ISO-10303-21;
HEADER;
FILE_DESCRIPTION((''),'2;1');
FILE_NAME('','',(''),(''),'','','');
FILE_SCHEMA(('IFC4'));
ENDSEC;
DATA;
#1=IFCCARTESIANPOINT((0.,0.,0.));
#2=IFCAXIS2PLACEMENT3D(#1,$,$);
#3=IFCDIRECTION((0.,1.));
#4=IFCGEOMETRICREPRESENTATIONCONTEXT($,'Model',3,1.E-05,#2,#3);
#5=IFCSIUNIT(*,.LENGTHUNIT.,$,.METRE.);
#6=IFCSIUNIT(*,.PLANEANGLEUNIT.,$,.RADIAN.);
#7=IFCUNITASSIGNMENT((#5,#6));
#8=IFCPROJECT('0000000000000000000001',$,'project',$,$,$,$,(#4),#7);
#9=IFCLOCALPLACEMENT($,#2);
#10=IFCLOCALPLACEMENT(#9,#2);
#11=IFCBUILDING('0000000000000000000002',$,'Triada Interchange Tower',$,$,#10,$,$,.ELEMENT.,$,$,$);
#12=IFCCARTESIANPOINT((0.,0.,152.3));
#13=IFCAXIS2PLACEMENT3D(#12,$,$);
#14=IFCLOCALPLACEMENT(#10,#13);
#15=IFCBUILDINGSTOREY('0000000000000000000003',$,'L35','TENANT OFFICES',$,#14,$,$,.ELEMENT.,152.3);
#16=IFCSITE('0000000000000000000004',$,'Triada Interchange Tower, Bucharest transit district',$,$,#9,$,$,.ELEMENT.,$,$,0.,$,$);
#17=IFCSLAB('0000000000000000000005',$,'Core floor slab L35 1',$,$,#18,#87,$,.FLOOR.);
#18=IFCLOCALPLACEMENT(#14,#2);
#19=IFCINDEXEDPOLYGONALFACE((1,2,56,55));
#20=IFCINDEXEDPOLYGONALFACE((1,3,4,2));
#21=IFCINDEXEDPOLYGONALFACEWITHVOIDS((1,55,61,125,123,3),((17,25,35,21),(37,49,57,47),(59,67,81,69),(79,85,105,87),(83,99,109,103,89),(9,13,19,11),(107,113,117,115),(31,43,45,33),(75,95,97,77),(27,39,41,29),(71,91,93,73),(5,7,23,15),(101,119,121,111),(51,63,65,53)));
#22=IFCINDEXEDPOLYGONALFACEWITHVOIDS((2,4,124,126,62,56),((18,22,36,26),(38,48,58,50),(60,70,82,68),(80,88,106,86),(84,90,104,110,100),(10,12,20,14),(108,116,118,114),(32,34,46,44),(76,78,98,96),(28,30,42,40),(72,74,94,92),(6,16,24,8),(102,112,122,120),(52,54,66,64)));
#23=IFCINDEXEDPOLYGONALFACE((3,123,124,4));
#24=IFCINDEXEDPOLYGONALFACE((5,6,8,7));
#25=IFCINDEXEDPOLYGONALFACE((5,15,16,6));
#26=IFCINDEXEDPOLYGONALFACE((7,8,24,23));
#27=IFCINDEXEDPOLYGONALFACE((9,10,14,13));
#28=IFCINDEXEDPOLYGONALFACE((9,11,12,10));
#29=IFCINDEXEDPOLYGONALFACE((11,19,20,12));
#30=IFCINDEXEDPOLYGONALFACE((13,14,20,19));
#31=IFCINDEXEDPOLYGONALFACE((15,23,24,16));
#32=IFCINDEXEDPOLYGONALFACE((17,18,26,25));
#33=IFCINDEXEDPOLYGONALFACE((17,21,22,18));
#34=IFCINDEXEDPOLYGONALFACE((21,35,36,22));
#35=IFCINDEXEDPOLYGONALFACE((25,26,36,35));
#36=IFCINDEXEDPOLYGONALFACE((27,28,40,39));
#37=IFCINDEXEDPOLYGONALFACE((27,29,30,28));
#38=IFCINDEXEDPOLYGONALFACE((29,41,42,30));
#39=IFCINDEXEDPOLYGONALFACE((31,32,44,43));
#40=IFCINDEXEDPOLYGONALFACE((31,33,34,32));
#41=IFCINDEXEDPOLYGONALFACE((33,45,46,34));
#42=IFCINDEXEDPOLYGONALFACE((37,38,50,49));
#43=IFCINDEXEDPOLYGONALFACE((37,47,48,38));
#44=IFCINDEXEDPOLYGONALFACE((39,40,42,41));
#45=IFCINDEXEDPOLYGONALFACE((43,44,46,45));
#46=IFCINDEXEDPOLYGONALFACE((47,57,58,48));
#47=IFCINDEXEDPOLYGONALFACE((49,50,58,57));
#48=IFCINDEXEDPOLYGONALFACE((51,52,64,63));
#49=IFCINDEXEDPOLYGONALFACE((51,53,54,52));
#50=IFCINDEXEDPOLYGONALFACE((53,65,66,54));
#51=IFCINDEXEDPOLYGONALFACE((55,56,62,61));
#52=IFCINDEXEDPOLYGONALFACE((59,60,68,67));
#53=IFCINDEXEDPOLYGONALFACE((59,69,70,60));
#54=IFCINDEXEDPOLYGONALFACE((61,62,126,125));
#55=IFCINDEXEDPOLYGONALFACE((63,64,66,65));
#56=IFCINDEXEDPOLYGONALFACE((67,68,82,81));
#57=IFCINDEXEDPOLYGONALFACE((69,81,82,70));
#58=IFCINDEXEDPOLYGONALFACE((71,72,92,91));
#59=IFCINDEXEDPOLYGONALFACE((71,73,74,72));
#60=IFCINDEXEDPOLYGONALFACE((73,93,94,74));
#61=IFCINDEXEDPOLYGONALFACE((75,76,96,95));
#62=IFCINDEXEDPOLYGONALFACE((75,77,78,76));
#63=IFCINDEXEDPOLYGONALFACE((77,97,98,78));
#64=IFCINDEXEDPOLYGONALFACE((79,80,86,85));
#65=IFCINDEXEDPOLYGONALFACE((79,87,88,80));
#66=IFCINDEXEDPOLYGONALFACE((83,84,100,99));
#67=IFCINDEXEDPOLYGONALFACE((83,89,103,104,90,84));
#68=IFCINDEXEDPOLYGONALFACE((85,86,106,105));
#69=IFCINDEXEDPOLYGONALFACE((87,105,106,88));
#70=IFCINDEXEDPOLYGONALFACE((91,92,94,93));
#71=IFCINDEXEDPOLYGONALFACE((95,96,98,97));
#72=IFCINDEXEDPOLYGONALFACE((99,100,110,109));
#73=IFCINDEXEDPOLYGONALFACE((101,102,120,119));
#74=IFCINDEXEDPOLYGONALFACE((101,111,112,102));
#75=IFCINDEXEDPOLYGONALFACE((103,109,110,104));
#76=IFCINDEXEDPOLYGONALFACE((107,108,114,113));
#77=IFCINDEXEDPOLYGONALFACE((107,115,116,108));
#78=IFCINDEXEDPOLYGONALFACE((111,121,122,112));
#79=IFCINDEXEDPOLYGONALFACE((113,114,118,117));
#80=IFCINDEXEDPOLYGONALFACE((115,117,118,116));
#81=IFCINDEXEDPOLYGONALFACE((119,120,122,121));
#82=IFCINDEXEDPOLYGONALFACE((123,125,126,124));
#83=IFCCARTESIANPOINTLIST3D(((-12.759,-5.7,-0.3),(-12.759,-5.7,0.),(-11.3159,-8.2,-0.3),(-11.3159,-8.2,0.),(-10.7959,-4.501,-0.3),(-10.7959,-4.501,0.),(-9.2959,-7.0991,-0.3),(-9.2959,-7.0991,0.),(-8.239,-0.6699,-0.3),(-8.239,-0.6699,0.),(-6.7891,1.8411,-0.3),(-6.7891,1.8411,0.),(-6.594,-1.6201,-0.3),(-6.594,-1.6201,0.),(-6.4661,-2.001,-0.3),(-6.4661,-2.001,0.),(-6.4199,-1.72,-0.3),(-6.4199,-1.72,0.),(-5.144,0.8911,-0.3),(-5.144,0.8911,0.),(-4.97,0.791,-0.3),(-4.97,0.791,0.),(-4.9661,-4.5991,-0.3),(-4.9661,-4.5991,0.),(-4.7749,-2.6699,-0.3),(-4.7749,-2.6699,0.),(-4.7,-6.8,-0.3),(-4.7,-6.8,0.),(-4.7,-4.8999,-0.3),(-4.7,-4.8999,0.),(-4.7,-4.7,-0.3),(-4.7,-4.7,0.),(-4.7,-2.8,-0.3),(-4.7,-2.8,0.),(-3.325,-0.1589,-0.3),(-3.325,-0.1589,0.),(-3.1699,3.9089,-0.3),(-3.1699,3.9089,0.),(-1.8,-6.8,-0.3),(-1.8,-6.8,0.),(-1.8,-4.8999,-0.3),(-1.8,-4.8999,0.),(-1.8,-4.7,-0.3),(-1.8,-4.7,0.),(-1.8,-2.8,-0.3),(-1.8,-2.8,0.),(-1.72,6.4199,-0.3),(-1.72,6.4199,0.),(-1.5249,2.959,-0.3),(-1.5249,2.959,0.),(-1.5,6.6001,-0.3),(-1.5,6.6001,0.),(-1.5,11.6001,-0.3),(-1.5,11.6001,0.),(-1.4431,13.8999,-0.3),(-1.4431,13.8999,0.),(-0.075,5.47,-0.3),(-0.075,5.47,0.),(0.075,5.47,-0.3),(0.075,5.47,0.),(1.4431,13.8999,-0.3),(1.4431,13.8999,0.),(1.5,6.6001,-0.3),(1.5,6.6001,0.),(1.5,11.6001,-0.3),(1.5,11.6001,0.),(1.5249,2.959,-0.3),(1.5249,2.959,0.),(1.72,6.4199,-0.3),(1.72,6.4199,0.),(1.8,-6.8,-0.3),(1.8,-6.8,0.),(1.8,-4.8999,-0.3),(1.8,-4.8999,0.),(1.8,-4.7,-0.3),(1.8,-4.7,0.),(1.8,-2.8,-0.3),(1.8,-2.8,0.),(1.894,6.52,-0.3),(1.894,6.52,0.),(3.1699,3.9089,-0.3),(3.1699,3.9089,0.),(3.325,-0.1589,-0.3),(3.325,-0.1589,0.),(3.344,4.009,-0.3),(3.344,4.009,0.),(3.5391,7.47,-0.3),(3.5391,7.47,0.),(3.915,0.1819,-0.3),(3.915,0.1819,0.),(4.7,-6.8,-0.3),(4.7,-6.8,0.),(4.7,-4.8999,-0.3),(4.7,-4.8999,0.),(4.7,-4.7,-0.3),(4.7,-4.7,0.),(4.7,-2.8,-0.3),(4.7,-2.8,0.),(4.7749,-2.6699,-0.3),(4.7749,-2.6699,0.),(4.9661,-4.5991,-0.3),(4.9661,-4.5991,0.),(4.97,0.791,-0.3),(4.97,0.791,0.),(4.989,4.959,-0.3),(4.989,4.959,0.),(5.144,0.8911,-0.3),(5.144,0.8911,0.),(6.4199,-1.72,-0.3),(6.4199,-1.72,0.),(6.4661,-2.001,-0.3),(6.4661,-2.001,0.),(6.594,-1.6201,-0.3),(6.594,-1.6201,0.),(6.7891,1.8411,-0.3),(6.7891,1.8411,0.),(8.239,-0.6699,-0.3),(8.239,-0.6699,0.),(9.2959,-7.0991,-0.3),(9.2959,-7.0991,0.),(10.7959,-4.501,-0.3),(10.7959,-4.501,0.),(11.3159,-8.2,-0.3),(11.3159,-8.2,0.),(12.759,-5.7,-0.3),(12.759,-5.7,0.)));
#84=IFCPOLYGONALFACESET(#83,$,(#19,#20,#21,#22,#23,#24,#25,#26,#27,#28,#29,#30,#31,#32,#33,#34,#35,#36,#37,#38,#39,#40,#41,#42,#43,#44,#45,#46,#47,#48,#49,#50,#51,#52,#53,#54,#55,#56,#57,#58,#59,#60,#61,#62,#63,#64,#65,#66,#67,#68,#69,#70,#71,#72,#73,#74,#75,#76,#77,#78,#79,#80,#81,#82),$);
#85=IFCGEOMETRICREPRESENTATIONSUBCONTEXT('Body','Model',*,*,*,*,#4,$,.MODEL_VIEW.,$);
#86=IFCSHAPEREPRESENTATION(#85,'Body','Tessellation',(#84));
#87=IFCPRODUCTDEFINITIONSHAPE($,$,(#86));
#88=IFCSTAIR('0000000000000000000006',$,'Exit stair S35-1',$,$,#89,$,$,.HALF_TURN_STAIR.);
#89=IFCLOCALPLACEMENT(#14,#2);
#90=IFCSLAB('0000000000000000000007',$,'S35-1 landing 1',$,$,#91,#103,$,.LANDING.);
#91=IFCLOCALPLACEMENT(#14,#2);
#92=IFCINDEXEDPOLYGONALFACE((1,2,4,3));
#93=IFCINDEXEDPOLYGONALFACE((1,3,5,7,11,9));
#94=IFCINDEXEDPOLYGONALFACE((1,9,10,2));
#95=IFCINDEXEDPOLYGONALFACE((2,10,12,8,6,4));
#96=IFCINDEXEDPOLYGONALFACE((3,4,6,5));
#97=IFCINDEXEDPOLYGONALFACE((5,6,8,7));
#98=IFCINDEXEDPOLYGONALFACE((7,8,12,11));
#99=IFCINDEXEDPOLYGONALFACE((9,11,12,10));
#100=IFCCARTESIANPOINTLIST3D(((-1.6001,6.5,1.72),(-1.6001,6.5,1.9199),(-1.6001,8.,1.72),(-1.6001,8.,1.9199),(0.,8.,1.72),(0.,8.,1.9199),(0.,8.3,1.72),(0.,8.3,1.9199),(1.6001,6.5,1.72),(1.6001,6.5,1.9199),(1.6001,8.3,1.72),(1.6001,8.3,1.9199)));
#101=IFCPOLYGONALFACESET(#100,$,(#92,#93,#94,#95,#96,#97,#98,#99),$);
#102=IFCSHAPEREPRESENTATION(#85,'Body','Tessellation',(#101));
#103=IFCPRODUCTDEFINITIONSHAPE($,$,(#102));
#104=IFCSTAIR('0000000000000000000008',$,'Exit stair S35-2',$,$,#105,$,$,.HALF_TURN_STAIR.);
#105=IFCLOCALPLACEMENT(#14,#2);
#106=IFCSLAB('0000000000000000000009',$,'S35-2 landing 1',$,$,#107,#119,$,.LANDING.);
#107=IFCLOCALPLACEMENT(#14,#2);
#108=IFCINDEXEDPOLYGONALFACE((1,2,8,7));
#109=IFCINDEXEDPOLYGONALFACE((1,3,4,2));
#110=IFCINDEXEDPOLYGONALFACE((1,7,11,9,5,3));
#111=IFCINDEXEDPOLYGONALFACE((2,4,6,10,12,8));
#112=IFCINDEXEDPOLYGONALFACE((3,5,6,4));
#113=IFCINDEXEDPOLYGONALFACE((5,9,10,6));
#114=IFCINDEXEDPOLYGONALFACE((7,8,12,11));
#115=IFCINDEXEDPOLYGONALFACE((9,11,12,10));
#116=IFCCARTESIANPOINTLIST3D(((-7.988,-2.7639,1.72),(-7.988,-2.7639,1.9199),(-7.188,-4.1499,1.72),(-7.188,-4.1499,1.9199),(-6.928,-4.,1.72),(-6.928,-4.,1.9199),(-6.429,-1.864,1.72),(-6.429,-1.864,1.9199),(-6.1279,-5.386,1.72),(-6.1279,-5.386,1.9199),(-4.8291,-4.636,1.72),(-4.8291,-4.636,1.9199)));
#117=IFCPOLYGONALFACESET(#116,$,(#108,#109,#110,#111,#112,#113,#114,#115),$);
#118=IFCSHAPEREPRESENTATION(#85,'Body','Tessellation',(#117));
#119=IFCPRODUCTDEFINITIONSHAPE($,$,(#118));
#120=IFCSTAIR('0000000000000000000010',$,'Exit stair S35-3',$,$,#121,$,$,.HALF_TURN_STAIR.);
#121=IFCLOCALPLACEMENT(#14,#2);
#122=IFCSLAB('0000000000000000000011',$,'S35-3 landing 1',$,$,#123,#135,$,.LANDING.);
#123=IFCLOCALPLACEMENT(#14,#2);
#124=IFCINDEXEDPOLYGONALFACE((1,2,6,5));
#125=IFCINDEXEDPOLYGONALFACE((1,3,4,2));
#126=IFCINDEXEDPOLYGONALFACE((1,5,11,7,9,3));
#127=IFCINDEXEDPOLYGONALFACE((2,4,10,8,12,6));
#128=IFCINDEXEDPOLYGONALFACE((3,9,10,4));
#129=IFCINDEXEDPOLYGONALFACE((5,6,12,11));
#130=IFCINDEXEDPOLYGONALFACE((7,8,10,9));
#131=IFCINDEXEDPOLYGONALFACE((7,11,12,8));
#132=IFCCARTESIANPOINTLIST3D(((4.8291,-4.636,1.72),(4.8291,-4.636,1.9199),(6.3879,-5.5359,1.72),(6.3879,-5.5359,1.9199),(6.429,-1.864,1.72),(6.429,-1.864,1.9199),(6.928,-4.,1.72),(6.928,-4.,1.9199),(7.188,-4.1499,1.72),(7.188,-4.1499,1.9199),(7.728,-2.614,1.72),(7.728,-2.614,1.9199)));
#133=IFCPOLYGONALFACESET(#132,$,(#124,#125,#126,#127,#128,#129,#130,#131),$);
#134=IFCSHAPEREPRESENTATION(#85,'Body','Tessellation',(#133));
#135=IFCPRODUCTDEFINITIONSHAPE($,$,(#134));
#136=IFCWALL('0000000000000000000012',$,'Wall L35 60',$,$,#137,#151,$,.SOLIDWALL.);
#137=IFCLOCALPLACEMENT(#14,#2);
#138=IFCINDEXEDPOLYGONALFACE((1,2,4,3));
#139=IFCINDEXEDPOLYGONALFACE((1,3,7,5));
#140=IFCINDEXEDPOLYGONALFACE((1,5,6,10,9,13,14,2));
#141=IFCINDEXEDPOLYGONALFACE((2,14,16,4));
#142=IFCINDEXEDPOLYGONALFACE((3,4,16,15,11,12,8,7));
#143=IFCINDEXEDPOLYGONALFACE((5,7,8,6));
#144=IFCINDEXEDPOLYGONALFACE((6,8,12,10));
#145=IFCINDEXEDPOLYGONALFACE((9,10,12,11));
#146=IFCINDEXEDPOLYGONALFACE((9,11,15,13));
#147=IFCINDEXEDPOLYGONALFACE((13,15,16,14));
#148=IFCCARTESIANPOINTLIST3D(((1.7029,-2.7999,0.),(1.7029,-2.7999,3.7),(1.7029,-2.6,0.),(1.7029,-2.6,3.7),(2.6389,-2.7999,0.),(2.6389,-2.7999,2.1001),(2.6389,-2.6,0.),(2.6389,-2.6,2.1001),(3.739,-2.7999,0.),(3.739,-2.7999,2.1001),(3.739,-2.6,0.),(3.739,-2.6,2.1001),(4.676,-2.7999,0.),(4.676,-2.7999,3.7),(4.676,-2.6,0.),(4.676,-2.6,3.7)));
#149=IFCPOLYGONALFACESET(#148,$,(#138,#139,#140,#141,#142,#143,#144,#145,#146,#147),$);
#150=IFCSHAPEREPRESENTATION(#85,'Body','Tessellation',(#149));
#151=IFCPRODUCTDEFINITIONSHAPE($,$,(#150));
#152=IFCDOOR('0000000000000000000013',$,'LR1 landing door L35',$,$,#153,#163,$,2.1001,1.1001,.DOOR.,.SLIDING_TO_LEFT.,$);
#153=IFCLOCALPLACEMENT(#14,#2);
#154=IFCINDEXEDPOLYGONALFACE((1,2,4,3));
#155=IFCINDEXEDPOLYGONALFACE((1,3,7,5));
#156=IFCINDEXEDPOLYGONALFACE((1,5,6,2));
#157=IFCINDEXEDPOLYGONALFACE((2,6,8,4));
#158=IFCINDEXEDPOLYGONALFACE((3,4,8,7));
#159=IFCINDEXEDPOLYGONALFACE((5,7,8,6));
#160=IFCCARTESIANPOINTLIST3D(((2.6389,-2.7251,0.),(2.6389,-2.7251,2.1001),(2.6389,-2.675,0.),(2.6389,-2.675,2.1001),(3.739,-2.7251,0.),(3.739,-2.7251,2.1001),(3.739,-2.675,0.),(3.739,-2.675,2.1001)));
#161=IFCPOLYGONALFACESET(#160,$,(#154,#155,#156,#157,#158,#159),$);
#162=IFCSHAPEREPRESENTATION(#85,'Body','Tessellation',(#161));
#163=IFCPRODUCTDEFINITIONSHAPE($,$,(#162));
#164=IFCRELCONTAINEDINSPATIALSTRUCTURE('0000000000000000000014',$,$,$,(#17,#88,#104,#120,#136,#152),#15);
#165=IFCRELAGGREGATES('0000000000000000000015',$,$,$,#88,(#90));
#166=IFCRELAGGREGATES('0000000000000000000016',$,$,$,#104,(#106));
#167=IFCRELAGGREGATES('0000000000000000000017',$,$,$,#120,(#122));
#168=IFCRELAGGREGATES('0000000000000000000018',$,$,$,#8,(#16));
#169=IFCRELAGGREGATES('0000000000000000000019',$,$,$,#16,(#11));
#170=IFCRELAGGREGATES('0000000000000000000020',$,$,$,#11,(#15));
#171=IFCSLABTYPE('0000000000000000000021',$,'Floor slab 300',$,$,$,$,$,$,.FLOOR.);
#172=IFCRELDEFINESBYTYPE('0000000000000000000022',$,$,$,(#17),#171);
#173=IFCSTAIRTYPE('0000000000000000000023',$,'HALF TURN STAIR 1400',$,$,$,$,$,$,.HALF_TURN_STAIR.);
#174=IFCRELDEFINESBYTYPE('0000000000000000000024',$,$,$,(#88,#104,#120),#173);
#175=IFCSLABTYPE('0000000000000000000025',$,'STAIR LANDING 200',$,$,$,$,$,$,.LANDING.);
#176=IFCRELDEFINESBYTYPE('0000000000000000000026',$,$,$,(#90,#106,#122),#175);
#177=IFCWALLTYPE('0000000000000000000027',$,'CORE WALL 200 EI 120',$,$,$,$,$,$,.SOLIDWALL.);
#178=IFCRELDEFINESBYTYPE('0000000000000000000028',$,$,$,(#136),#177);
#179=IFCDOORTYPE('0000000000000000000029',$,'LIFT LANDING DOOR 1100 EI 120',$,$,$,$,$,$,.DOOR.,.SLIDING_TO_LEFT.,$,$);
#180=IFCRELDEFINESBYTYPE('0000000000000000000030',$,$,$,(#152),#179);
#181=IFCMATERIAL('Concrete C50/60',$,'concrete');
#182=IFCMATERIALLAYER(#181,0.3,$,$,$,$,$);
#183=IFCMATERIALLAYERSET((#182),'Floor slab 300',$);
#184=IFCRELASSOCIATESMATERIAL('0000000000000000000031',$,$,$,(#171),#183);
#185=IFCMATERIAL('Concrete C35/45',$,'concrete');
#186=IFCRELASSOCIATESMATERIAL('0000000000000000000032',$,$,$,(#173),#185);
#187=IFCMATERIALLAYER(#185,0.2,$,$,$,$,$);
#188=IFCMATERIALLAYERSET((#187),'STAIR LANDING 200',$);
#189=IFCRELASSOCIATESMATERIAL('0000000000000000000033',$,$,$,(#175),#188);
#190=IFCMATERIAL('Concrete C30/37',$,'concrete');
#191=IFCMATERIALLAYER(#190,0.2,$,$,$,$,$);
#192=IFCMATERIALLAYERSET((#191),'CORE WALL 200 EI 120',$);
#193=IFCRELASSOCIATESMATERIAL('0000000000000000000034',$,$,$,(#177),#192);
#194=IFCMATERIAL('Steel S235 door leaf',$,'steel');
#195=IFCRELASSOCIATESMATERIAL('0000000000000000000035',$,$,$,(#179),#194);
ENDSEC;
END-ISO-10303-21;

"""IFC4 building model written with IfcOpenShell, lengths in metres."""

from ifc_helpers import new_model, si_unit, direction, frame, frame_2d, origin, place, context, subcontext, project, spatial, polyline, rectangle, outline, extrude, material, layer, layer_set, type_object, element, fill, aggregate, save


model = new_model("IFC4")

# Units and contexts
model_context = context("Model", 3, precision=1e-05, world=origin(), true_north=direction((0.0, 1.0)))
body_context = subcontext(model_context, "Body", "Model", "MODEL_VIEW")
ifc_project = project(units=[si_unit("LENGTHUNIT", "METRE"), si_unit("PLANEANGLEUNIT", "RADIAN")], contexts=[model_context])

# Site, building, storey
site_placement = place(None, origin())
site = spatial("IfcSite", under=ifc_project, at=site_placement, Name="Triada Interchange Tower, Bucharest transit district", CompositionType="ELEMENT", RefElevation=0.0)
building_placement = place(site_placement, origin())
building = spatial("IfcBuilding", under=site, at=building_placement, Name="Triada Interchange Tower", CompositionType="ELEMENT")
storey_placement = place(building_placement, frame((0.0, 0.0, 152.3)))
storey = spatial("IfcBuildingStorey", under=building, at=storey_placement, Name="L35", Description="TENANT OFFICES", CompositionType="ELEMENT", Elevation=152.3)

# Slab
ifc_material_1 = material(Name="Concrete C50/60", Category="concrete")
ifc_layer_1 = layer(ifc_material_1, 0.3)
ifc_layer_set_1 = layer_set([ifc_layer_1], Name="Floor slab 300")
slab_type_1 = type_object("IfcSlabType", Name="Floor slab 300", PredefinedType="FLOOR", material=ifc_layer_set_1)
slab_1_placement = place(storey_placement, frame((0.0, 0.0, -0.3)))
element("IfcSlab", 1, at=slab_1_placement, inside=storey, type_object=slab_type_1, Name="Core floor slab L35 1", PredefinedType="FLOOR", context=body_context, shape_type="SweptSolid", body=[
    extrude(outline(polyline([(12.759, -5.7), (11.3159, -8.2), (-11.3159, -8.2), (-12.759, -5.7), (-1.4431, 13.8999), (1.4431, 13.8999), (12.759, -5.7)]), holes=[polyline([(9.2959, -7.0991), (10.7959, -4.501), (6.4661, -2.001), (4.9661, -4.5991), (9.2959, -7.0991)]), polyline([(6.7891, 1.8411), (5.144, 0.8911), (6.594, -1.6201), (8.239, -0.6699), (6.7891, 1.8411)]), polyline([(4.7749, -2.6699), (6.4199, -1.72), (4.97, 0.791), (3.915, 0.1819), (3.325, -0.1589), (4.7749, -2.6699)]), polyline([(1.894, 6.52), (3.344, 4.009), (4.989, 4.959), (3.5391, 7.47), (1.894, 6.52)]), polyline([(4.7, -6.8), (4.7, -4.8999), (1.8, -4.8999), (1.8, -6.8), (4.7, -6.8)]), polyline([(4.7, -2.8), (1.8, -2.8), (1.8, -4.7), (4.7, -4.7), (4.7, -2.8)]), polyline([(0.075, 5.47), (1.5249, 2.959), (3.1699, 3.9089), (1.72, 6.4199), (0.075, 5.47)]), polyline([(1.5, 11.6001), (-1.5, 11.6001), (-1.5, 6.6001), (1.5, 6.6001), (1.5, 11.6001)]), polyline([(-1.5249, 2.959), (-0.075, 5.47), (-1.72, 6.4199), (-3.1699, 3.9089), (-1.5249, 2.959)]), polyline([(-1.8, -2.8), (-4.7, -2.8), (-4.7, -4.7), (-1.8, -4.7), (-1.8, -2.8)]), polyline([(-4.7, -6.8), (-1.8, -6.8), (-1.8, -4.8999), (-4.7, -4.8999), (-4.7, -6.8)]), polyline([(-4.7749, -2.6699), (-3.325, -0.1589), (-4.97, 0.791), (-6.4199, -1.72), (-4.7749, -2.6699)]), polyline([(-10.7959, -4.501), (-9.2959, -7.0991), (-4.9661, -4.5991), (-6.4661, -2.001), (-10.7959, -4.501)]), polyline([(-6.594, -1.6201), (-5.144, 0.8911), (-6.7891, 1.8411), (-8.239, -0.6699), (-6.594, -1.6201)])]), origin(), (0.0, 0.0, 1.0), 0.3),
])

# Stairs, slabs
ifc_material_2 = material(Name="Concrete C35/45", Category="concrete")
stair_type = type_object("IfcStairType", Name="HALF TURN STAIR 1400", PredefinedType="HALF_TURN_STAIR", material=ifc_material_2)
stair_1_placement = place(storey_placement, origin())
stair_1 = element("IfcStair", 2, at=stair_1_placement, inside=storey, type_object=stair_type, Name="Exit stair S35-1", PredefinedType="HALF_TURN_STAIR")
ifc_layer_2 = layer(ifc_material_2, 0.2)
ifc_layer_set_2 = layer_set([ifc_layer_2], Name="STAIR LANDING 200")
slab_type_2 = type_object("IfcSlabType", Name="STAIR LANDING 200", PredefinedType="LANDING", material=ifc_layer_set_2)
slab_2_placement = place(storey_placement, frame((0.0, 0.0, 1.72)))
slab_2 = element("IfcSlab", 3, at=slab_2_placement, type_object=slab_type_2, Name="S35-1 landing 1", PredefinedType="LANDING", context=body_context, shape_type="SweptSolid", body=[
    extrude(outline(polyline([(1.6001, 6.5), (1.6001, 8.3), (0.0, 8.3), (0.0, 8.0), (-1.6001, 8.0), (-1.6001, 6.5), (1.6001, 6.5)])), origin(), (0.0, 0.0, 1.0), 0.2),
])
aggregate(stair_1, [slab_2])
stair_2_placement = place(storey_placement, origin())
stair_2 = element("IfcStair", 4, at=stair_2_placement, inside=storey, type_object=stair_type, Name="Exit stair S35-2", PredefinedType="HALF_TURN_STAIR")
slab_3_placement = place(storey_placement, frame((0.0, 0.0, 1.72)))
slab_3 = element("IfcSlab", 5, at=slab_3_placement, type_object=slab_type_2, Name="S35-2 landing 1", PredefinedType="LANDING", context=body_context, shape_type="SweptSolid", body=[
    extrude(outline(polyline([(-6.429, -1.864), (-7.988, -2.7639), (-7.188, -4.1499), (-6.928, -4.0), (-6.1279, -5.386), (-4.8291, -4.636), (-6.429, -1.864)])), origin(), (0.0, 0.0, 1.0), 0.2),
])
aggregate(stair_2, [slab_3])
stair_3_placement = place(storey_placement, origin())
stair_3 = element("IfcStair", 6, at=stair_3_placement, inside=storey, type_object=stair_type, Name="Exit stair S35-3", PredefinedType="HALF_TURN_STAIR")
slab_4_placement = place(storey_placement, frame((0.0, 0.0, 1.72)))
slab_4 = element("IfcSlab", 7, at=slab_4_placement, type_object=slab_type_2, Name="S35-3 landing 1", PredefinedType="LANDING", context=body_context, shape_type="SweptSolid", body=[
    extrude(outline(polyline([(4.8291, -4.636), (6.3879, -5.5359), (7.188, -4.1499), (6.928, -4.0), (7.728, -2.614), (6.429, -1.864), (4.8291, -4.636)])), origin(), (0.0, 0.0, 1.0), 0.2),
])

# Wall, opening, door
ifc_material_3 = material(Name="Concrete C30/37", Category="concrete")
ifc_layer_3 = layer(ifc_material_3, 0.2)
ifc_layer_set_3 = layer_set([ifc_layer_3], Name="CORE WALL 200 EI 120")
wall_type_1 = type_object("IfcWallType", Name="CORE WALL 200 EI 120", PredefinedType="SOLIDWALL", material=ifc_layer_set_3)
wall_1_placement = place(storey_placement, frame((1.7029, -2.7, 0.0), z_axis=(0.0, 0.0, 1.0), x_axis=(1.0, 0.0, 0.0)))
wall_1 = element("IfcWall", 8, at=wall_1_placement, inside=storey, type_object=wall_type_1, Name="Wall L35 60", PredefinedType="SOLIDWALL", context=body_context, shape_type="SweptSolid", body=[
    extrude(rectangle(XDim=2.9731, YDim=0.2, at=frame_2d((1.4866, 0.0))), origin(), (0.0, 0.0, 1.0), 3.7),
])
opening_1_placement = place(wall_1_placement, frame((0.936, 0.0, 0.0)))
opening_1 = element("IfcOpeningElement", 9, at=opening_1_placement, cuts=wall_1, PredefinedType="OPENING", context=body_context, shape_type="SweptSolid", body=[
    extrude(rectangle(XDim=1.1001, YDim=2.1001, at=frame_2d((0.55, 1.05))), frame((0.0, 0.1099, 0.0), z_axis=(0.0, -1.0, 0.0), x_axis=(1.0, 0.0, 0.0)), (0.0, 0.0, 1.0), 0.22),
])
ifc_material_4 = material(Name="Steel S235 door leaf", Category="steel")
door_type = type_object("IfcDoorType", Name="LIFT LANDING DOOR 1100 EI 120", OperationType="SLIDING_TO_LEFT", PredefinedType="DOOR", material=ifc_material_4)
door_1_placement = place(opening_1_placement, origin())
door_1 = element("IfcDoor", 10, at=door_1_placement, inside=storey, type_object=door_type, Name="LR1 landing door L35", OperationType="SLIDING_TO_LEFT", OverallHeight=2.1001, OverallWidth=1.1001, PredefinedType="DOOR", context=body_context, shape_type="SweptSolid", body=[
    extrude(rectangle(XDim=1.1001, YDim=2.1001, at=frame_2d((0.55, 1.05))), frame((0.0, 0.0249, 0.0), z_axis=(0.0, -1.0, 0.0), x_axis=(1.0, 0.0, 0.0)), (0.0, 0.0, 1.0), 0.05),
])
fill(opening_1, door_1)

aggregate(stair_3, [slab_4])

save(model, "model.ifc")
